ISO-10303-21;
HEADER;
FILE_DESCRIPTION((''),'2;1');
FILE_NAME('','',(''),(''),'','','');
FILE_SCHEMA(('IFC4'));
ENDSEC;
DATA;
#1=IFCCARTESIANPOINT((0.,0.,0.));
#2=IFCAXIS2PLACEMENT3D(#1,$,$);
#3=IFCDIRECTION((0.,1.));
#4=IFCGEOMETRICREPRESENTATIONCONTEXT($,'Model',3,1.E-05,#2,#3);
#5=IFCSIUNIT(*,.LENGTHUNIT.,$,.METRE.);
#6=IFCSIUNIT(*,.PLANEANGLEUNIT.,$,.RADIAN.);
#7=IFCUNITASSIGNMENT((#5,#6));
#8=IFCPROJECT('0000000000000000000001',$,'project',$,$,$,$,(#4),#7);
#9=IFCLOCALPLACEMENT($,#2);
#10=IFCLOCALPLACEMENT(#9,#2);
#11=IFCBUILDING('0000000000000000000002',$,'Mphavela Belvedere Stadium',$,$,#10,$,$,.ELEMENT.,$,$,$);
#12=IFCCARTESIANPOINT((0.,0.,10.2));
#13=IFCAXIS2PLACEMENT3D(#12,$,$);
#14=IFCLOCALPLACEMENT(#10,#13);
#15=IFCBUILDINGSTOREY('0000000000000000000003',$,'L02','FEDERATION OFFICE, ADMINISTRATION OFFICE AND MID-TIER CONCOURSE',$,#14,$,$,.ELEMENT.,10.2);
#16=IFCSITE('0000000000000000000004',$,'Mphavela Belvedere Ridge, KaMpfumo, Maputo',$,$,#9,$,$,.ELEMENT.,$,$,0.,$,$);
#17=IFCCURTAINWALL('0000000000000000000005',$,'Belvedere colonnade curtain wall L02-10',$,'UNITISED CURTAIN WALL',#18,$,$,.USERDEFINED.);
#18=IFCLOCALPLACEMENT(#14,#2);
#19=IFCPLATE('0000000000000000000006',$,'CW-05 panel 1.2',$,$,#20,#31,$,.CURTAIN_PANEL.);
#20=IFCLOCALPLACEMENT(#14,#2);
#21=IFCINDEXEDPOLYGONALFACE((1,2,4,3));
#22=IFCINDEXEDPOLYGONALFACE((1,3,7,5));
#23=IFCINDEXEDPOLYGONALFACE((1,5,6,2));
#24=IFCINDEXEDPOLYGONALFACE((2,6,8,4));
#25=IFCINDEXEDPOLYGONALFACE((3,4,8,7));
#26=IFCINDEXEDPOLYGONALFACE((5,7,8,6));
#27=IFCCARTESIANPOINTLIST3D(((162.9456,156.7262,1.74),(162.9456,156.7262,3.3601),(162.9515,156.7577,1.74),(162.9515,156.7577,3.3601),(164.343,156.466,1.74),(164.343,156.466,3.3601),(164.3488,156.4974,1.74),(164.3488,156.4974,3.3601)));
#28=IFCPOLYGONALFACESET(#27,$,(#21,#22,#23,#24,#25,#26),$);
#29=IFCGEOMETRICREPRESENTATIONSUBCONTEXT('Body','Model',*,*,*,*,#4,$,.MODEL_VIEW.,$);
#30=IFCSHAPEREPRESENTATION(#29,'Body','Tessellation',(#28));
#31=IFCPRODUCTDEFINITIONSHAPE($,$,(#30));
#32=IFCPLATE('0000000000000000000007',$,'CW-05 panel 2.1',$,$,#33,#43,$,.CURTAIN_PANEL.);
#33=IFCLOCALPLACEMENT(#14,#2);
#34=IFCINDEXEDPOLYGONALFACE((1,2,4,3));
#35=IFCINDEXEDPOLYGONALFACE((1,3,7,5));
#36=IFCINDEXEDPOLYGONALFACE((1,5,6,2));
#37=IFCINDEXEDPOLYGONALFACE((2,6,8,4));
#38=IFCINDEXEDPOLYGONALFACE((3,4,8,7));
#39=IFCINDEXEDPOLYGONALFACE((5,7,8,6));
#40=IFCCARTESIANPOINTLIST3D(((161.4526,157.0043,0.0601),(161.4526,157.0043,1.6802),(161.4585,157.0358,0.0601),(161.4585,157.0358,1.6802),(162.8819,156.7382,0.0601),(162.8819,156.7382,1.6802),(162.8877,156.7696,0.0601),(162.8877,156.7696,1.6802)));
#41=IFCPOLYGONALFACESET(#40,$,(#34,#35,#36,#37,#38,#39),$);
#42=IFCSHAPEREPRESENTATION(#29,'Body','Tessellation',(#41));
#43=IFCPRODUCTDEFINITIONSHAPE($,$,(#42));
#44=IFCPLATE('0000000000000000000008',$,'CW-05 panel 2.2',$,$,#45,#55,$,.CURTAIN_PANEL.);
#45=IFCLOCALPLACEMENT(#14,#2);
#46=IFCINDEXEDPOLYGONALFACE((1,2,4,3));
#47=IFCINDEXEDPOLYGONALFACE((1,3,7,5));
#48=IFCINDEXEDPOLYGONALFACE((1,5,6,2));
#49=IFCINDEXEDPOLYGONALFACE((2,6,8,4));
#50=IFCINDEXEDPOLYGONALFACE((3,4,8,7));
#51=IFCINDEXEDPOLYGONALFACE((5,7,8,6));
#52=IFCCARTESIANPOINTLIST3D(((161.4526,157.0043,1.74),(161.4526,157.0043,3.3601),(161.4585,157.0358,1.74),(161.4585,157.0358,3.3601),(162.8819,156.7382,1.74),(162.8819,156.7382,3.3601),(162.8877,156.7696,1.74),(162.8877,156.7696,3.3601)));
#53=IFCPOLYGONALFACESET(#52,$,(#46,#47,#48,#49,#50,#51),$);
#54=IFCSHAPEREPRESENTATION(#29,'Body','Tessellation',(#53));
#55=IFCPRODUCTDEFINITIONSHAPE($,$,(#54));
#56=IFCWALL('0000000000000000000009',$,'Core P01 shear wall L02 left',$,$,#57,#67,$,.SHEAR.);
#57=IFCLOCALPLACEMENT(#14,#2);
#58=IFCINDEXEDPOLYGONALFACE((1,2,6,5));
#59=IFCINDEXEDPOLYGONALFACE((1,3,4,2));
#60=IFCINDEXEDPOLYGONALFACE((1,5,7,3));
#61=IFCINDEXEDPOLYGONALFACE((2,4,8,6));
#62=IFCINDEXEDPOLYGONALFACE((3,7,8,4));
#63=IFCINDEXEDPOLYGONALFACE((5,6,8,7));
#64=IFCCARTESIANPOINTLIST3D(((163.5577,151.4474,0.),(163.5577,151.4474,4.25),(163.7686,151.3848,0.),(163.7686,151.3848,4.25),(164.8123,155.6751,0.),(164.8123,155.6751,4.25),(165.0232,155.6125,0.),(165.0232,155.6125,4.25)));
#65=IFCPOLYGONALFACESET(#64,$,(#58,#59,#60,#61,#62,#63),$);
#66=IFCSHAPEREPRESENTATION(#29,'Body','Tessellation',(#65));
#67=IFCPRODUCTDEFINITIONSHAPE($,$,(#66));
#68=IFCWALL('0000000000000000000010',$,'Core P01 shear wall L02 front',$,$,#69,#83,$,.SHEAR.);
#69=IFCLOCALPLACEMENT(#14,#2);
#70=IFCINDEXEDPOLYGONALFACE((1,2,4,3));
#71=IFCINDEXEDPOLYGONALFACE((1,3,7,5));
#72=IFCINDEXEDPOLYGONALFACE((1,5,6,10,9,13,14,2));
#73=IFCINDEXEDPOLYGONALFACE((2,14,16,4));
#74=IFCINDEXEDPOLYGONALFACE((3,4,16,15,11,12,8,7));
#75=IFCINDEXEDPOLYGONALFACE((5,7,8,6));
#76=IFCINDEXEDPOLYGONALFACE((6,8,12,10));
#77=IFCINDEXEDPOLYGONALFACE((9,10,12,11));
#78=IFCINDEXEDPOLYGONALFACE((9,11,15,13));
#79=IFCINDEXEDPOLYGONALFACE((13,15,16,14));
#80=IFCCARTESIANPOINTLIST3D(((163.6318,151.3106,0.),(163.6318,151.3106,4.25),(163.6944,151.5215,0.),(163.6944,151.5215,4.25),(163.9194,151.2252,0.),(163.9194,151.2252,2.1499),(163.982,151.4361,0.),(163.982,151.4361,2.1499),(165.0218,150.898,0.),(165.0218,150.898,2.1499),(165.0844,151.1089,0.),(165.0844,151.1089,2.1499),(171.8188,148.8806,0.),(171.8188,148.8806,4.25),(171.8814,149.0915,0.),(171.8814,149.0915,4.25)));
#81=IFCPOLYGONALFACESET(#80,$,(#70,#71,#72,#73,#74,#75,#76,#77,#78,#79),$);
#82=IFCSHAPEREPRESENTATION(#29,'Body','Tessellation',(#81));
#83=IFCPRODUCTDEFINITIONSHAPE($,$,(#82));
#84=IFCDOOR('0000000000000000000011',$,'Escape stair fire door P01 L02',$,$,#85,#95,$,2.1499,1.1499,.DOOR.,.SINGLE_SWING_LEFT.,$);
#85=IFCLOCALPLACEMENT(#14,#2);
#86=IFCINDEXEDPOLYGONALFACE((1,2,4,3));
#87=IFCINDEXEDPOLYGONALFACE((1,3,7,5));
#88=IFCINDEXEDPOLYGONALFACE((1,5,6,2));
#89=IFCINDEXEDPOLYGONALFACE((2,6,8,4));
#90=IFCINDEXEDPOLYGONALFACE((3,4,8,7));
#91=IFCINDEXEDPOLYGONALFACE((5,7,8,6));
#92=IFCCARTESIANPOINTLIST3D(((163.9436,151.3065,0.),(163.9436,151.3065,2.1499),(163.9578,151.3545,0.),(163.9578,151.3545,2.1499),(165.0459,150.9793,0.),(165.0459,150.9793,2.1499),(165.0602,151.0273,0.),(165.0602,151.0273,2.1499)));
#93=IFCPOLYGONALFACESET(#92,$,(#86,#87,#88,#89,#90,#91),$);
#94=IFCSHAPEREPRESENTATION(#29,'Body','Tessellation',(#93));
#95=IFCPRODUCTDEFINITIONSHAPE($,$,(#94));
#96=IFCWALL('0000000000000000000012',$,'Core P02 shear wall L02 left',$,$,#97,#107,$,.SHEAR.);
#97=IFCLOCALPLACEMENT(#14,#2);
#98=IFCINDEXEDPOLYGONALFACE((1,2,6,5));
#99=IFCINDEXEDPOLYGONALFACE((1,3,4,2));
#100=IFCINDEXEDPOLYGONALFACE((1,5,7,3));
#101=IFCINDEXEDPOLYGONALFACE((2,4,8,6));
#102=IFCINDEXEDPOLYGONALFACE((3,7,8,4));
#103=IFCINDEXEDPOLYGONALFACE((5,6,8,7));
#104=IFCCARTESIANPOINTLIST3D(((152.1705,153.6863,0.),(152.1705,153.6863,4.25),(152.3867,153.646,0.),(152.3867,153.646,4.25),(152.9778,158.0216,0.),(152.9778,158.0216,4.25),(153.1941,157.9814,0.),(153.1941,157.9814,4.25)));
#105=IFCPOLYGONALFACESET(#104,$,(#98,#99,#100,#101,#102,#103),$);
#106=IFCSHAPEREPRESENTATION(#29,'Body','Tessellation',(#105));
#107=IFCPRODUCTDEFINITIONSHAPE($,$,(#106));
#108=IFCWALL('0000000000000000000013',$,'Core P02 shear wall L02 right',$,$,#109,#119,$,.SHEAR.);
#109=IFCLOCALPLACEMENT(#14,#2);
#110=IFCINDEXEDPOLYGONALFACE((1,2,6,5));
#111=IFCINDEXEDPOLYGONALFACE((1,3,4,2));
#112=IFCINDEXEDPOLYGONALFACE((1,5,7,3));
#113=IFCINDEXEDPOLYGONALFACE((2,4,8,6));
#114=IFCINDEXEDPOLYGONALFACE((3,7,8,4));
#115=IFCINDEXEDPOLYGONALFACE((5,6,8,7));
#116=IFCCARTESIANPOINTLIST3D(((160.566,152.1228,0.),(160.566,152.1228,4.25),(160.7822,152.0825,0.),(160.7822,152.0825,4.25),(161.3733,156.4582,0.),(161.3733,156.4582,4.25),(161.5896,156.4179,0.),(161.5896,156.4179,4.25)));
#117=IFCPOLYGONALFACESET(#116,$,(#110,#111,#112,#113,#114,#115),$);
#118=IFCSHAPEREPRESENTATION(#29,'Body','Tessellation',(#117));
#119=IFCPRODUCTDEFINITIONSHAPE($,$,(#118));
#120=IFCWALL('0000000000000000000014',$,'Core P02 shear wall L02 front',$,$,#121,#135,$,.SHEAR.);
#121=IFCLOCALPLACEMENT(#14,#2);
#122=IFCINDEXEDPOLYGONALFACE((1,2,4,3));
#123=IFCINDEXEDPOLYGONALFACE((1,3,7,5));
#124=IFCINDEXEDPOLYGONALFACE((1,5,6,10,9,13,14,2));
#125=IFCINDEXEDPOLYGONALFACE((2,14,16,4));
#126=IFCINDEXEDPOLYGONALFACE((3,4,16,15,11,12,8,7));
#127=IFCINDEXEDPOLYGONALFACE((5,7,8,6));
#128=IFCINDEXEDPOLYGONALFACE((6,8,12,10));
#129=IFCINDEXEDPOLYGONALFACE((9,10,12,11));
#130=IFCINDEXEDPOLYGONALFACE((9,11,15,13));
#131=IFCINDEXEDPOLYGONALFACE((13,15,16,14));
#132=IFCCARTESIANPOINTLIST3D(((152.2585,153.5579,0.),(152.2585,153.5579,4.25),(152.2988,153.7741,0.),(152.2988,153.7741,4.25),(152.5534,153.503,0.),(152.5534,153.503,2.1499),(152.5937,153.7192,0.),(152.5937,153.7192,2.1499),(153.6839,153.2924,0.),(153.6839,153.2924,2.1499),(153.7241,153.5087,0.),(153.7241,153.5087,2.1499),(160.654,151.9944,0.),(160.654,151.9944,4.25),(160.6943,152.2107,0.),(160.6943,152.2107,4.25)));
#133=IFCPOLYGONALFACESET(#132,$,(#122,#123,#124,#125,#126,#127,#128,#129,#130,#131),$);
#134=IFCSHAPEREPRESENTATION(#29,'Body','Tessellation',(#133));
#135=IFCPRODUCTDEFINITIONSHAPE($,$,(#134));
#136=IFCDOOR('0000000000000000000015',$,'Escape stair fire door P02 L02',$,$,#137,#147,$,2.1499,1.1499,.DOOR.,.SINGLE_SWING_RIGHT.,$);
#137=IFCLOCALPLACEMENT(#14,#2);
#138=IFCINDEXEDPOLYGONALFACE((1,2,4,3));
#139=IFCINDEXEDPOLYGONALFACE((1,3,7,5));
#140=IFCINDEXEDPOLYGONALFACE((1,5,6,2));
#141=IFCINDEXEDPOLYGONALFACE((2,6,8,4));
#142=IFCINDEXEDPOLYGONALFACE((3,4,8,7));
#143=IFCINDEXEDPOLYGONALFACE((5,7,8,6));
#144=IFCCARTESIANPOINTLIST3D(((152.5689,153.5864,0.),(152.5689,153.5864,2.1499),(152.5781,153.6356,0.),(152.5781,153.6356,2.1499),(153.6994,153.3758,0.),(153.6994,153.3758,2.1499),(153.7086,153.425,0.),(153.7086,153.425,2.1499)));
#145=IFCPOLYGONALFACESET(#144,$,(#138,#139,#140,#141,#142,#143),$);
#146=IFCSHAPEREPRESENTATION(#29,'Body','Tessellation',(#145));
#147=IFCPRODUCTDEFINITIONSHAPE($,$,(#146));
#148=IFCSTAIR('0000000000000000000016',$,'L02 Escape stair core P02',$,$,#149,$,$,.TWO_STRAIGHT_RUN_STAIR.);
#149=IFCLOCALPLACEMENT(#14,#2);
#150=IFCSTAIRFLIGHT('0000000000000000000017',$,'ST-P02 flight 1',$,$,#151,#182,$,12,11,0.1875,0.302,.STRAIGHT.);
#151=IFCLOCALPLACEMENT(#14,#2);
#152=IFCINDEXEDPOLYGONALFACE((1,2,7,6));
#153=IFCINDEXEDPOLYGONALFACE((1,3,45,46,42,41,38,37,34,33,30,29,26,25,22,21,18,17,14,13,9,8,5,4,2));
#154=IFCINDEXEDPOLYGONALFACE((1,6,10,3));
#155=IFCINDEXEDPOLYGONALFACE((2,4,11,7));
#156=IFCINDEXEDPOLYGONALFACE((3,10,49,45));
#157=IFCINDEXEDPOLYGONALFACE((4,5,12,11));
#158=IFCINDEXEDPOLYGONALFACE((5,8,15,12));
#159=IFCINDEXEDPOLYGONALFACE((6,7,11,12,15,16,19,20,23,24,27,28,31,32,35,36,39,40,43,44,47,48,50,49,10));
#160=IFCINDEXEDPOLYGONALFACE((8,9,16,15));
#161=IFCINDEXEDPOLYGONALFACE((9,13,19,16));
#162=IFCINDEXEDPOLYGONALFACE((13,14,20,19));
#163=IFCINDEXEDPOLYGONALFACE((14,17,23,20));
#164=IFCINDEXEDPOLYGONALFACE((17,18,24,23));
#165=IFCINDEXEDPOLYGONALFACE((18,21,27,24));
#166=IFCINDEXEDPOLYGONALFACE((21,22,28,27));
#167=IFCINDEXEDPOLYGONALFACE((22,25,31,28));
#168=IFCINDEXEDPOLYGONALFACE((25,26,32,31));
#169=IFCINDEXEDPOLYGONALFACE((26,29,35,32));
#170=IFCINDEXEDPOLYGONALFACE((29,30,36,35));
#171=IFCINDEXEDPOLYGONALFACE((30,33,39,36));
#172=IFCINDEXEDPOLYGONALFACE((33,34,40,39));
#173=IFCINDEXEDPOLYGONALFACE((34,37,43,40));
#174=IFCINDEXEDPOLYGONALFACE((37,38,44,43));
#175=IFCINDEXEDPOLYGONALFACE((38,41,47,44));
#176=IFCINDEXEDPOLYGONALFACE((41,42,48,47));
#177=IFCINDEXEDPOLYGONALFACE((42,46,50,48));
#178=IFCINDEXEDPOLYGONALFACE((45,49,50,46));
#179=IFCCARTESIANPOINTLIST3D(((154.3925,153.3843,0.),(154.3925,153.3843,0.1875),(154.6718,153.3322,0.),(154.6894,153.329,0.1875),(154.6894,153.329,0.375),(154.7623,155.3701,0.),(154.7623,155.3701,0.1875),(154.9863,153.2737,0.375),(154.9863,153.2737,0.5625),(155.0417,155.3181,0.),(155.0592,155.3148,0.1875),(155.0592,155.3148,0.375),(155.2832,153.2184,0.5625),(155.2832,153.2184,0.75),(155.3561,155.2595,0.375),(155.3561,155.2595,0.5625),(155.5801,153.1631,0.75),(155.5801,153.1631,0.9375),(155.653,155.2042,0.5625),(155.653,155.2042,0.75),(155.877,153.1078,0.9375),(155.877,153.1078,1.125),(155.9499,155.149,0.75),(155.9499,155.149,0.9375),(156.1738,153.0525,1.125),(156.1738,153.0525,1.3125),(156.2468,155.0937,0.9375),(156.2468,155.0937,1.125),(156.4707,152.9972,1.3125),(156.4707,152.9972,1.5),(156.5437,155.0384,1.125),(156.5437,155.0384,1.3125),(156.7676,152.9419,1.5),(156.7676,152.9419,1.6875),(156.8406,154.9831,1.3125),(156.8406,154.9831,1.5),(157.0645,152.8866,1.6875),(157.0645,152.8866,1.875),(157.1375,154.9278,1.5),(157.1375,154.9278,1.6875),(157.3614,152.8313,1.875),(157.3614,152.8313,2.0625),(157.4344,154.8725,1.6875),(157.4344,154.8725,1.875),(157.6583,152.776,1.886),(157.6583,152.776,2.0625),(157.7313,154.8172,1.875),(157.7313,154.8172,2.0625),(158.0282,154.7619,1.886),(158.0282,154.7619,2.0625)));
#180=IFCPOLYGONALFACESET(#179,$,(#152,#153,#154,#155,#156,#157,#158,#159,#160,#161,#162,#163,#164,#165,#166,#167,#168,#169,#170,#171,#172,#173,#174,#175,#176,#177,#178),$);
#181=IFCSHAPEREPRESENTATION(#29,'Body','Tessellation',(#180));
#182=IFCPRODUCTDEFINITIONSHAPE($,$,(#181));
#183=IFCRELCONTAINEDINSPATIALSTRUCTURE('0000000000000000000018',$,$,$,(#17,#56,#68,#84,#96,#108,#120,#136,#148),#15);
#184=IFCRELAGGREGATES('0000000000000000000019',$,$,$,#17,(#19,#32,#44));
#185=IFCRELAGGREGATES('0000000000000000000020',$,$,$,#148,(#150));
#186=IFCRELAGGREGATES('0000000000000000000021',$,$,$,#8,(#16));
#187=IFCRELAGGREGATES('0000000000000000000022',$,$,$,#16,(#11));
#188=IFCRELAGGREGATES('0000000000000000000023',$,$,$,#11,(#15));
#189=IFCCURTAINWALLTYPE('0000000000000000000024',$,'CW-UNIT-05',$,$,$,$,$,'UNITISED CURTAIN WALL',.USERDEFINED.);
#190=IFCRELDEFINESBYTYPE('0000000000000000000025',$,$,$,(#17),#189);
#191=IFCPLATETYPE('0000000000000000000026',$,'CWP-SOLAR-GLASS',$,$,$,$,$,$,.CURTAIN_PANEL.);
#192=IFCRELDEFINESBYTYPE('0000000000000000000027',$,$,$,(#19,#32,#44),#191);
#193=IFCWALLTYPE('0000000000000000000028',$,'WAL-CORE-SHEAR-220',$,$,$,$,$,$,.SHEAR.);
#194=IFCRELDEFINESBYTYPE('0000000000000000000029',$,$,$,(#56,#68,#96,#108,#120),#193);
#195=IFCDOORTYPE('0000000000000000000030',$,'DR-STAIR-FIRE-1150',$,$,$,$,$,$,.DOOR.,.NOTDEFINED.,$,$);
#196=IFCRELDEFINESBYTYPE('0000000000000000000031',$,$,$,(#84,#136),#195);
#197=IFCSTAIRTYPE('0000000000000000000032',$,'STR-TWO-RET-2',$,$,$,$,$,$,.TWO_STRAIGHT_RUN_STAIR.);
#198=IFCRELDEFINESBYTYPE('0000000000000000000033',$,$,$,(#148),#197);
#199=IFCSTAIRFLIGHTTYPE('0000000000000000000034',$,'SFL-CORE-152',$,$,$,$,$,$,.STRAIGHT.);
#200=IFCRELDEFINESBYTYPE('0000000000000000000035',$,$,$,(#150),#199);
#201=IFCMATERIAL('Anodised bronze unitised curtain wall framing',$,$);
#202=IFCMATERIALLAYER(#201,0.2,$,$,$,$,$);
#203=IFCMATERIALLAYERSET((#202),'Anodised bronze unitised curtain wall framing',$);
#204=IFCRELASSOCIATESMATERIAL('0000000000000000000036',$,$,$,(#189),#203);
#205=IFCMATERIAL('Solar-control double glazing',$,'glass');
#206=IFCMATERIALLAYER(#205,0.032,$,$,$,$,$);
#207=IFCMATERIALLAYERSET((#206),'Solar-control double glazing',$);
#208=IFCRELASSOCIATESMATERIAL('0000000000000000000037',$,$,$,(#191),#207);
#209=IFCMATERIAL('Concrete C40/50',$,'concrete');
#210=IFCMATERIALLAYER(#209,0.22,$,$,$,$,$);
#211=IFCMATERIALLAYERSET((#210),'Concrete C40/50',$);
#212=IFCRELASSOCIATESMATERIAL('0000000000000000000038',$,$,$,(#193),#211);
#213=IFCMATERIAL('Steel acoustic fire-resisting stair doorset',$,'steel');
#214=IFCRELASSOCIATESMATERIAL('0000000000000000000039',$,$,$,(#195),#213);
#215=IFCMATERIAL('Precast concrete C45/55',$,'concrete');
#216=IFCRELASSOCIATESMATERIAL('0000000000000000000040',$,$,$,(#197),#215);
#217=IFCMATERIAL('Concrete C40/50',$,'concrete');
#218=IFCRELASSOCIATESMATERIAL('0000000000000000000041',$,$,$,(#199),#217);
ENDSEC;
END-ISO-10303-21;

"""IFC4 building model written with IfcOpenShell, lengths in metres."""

from ifc_helpers import new_model, si_unit, direction, frame, frame_2d, origin, origin_2d, place, context, subcontext, project, spatial, polyline, rectangle, outline, extrude, material, layer, layer_set, type_object, element, fill, aggregate, save


model = new_model("IFC4")

# Units and contexts
model_context = context("Model", 3, precision=1e-05, world=origin(), true_north=direction((0.0, 1.0)))
body_context = subcontext(model_context, "Body", "Model", "MODEL_VIEW")
ifc_project = project(units=[si_unit("LENGTHUNIT", "METRE"), si_unit("PLANEANGLEUNIT", "RADIAN")], contexts=[model_context])

# Site, building, storey
site_placement = place(None, origin())
site = spatial("IfcSite", under=ifc_project, at=site_placement, Name="Mphavela Belvedere Ridge, KaMpfumo, Maputo", CompositionType="ELEMENT", RefElevation=0.0)
building_placement = place(site_placement, origin())
building = spatial("IfcBuilding", under=site, at=building_placement, Name="Mphavela Belvedere Stadium", CompositionType="ELEMENT")
storey_placement = place(building_placement, frame((0.0, 0.0, 10.2)))
storey = spatial("IfcBuildingStorey", under=building, at=storey_placement, Name="L02", Description="FEDERATION OFFICE, ADMINISTRATION OFFICE AND MID-TIER CONCOURSE", CompositionType="ELEMENT", Elevation=10.2)

# Curtain wall, plates
ifc_material_1 = material(Name="Anodised bronze unitised curtain wall framing")
ifc_layer_1 = layer(ifc_material_1, 0.2)
ifc_layer_set_1 = layer_set([ifc_layer_1], Name="Anodised bronze unitised curtain wall framing")
curtain_wall_type = type_object("IfcCurtainWallType", Name="CW-UNIT-05", ElementType="UNITISED CURTAIN WALL", PredefinedType="USERDEFINED", material=ifc_layer_set_1)
curtain_wall_placement = place(storey_placement, origin())
curtain_wall = element("IfcCurtainWall", 1, at=curtain_wall_placement, inside=storey, type_object=curtain_wall_type, Name="Belvedere colonnade curtain wall L02-10", ObjectType="UNITISED CURTAIN WALL", PredefinedType="USERDEFINED")
ifc_material_2 = material(Name="Solar-control double glazing", Category="glass")
ifc_layer_2 = layer(ifc_material_2, 0.032)
ifc_layer_set_2 = layer_set([ifc_layer_2], Name="Solar-control double glazing")
plate_type = type_object("IfcPlateType", Name="CWP-SOLAR-GLASS", PredefinedType="CURTAIN_PANEL", material=ifc_layer_set_2)
plate_1_placement = place(storey_placement, frame((163.6472, 156.6118, 1.74), z_axis=(0.0, 0.0, 1.0), x_axis=(-0.983097, 0.183085, 0.0)))
plate_1 = element("IfcPlate", 2, at=plate_1_placement, type_object=plate_type, Name="CW-05 panel 1.2", PredefinedType="CURTAIN_PANEL", context=body_context, shape_type="SweptSolid", body=[
    extrude(rectangle(XDim=1.4214, YDim=0.032, at=origin_2d()), origin(), (0.0, 0.0, 1.0), 1.6201),
])
plate_2_placement = place(storey_placement, frame((162.1702, 156.887, 0.0601), z_axis=(0.0, 0.0, 1.0), x_axis=(-0.983097, 0.183085, 0.0)))
plate_2 = element("IfcPlate", 3, at=plate_2_placement, type_object=plate_type, Name="CW-05 panel 2.1", PredefinedType="CURTAIN_PANEL", context=body_context, shape_type="SweptSolid", body=[
    extrude(rectangle(XDim=1.4539, YDim=0.032, at=origin_2d()), origin(), (0.0, 0.0, 1.0), 1.6201),
])
plate_3_placement = place(storey_placement, frame((162.1702, 156.887, 1.74), z_axis=(0.0, 0.0, 1.0), x_axis=(-0.983097, 0.183085, 0.0)))
plate_3 = element("IfcPlate", 4, at=plate_3_placement, type_object=plate_type, Name="CW-05 panel 2.2", PredefinedType="CURTAIN_PANEL", context=body_context, shape_type="SweptSolid", body=[
    extrude(rectangle(XDim=1.4539, YDim=0.032, at=origin_2d()), origin(), (0.0, 0.0, 1.0), 1.6201),
])
aggregate(curtain_wall, [plate_1, plate_2, plate_3])

# Wall
ifc_material_3 = material(Name="Concrete C40/50", Category="concrete")
ifc_layer_3 = layer(ifc_material_3, 0.22)
ifc_layer_set_3 = layer_set([ifc_layer_3], Name="Concrete C40/50")
wall_type = type_object("IfcWallType", Name="WAL-CORE-SHEAR-220", PredefinedType="SHEAR", material=ifc_layer_set_3)
wall_1_placement = place(storey_placement, frame((163.6631, 151.416, 0.0), z_axis=(0.0, 0.0, 1.0), x_axis=(0.284497, 0.958677, 0.0)))
element("IfcWall", 5, at=wall_1_placement, inside=storey, type_object=wall_type, Name="Core P01 shear wall L02 left", PredefinedType="SHEAR", context=body_context, shape_type="SweptSolid", body=[
    extrude(rectangle(XDim=4.4099, YDim=0.22, at=frame_2d((2.2051, 0.0))), origin(), (0.0, 0.0, 1.0), 4.25),
])

# Wall, opening, door
wall_2_placement = place(storey_placement, frame((163.6631, 151.416, 0.0), z_axis=(0.0, 0.0, 1.0), x_axis=(0.958666, -0.284535, 0.0)))
wall_2 = element("IfcWall", 6, at=wall_2_placement, inside=storey, type_object=wall_type, Name="Core P01 shear wall L02 front", PredefinedType="SHEAR", context=body_context, shape_type="SweptSolid", body=[
    extrude(rectangle(XDim=8.54, YDim=0.22, at=frame_2d((4.27, 0.0))), origin(), (0.0, 0.0, 1.0), 4.25),
])
opening_1_placement = place(wall_2_placement, frame((0.3, 0.0, 0.0)))
opening_1 = element("IfcOpeningElement", 7, at=opening_1_placement, cuts=wall_2, PredefinedType="OPENING", context=body_context, shape_type="SweptSolid", body=[
    extrude(rectangle(XDim=1.1499, YDim=2.1499, at=frame_2d((0.575, 1.075))), frame((0.0, 0.1201, 0.0), z_axis=(0.0, -1.0, 0.0), x_axis=(1.0, 0.0, 0.0)), (0.0, 0.0, 1.0), 0.24),
])
ifc_material_4 = material(Name="Steel acoustic fire-resisting stair doorset", Category="steel")
door_type = type_object("IfcDoorType", Name="DR-STAIR-FIRE-1150", OperationType="NOTDEFINED", PredefinedType="DOOR", material=ifc_material_4)
door_1_placement = place(opening_1_placement, origin())
door_1 = element("IfcDoor", 8, at=door_1_placement, inside=storey, type_object=door_type, Name="Escape stair fire door P01 L02", OperationType="SINGLE_SWING_LEFT", OverallHeight=2.1499, OverallWidth=1.1499, PredefinedType="DOOR", context=body_context, shape_type="SweptSolid", body=[
    extrude(rectangle(XDim=1.1499, YDim=2.1499, at=frame_2d((0.575, 1.075))), frame((0.0, 0.0249, 0.0), z_axis=(0.0, -1.0, 0.0), x_axis=(1.0, 0.0, 0.0)), (0.0, 0.0, 1.0), 0.05),
])
fill(opening_1, door_1)

# Walls
for number, where, z_axis, x_axis, name in (
    (9, (152.2786, 153.666, 0.0), (0.0, 0.0, 1.0), (0.183078, 0.983098, 0.0), "Core P02 shear wall L02 left"),
    (10, (160.6741, 152.1025, 0.0), (0.0, 0.0, 1.0), (0.183078, 0.983098, 0.0), "Core P02 shear wall L02 right"),
):
    element("IfcWall", number, at=place(storey_placement, frame(where, z_axis=z_axis, x_axis=x_axis)), inside=storey, type_object=wall_type, Name=name, PredefinedType="SHEAR", context=body_context, shape_type="SweptSolid", body=[
        extrude(rectangle(XDim=4.4099, YDim=0.22, at=frame_2d((2.2051, 0.0))), origin(), (0.0, 0.0, 1.0), 4.25),
    ])

# Wall, opening, door
wall_3_placement = place(storey_placement, frame((152.2786, 153.666, 0.0), z_axis=(0.0, 0.0, 1.0), x_axis=(0.983098, -0.18308, 0.0)))
wall_3 = element("IfcWall", 11, at=wall_3_placement, inside=storey, type_object=wall_type, Name="Core P02 shear wall L02 front", PredefinedType="SHEAR", context=body_context, shape_type="SweptSolid", body=[
    extrude(rectangle(XDim=8.5398, YDim=0.22, at=frame_2d((4.27, 0.0))), origin(), (0.0, 0.0, 1.0), 4.25),
])
opening_2_placement = place(wall_3_placement, frame((0.3, 0.0, 0.0)))
opening_2 = element("IfcOpeningElement", 12, at=opening_2_placement, cuts=wall_3, PredefinedType="OPENING", context=body_context, shape_type="SweptSolid", body=[
    extrude(rectangle(XDim=1.1499, YDim=2.1499, at=frame_2d((0.575, 1.075))), frame((0.0, 0.1201, 0.0), z_axis=(0.0, -1.0, 0.0), x_axis=(1.0, 0.0, 0.0)), (0.0, 0.0, 1.0), 0.24),
])
door_2_placement = place(opening_2_placement, origin())
door_2 = element("IfcDoor", 13, at=door_2_placement, inside=storey, type_object=door_type, Name="Escape stair fire door P02 L02", OperationType="SINGLE_SWING_RIGHT", OverallHeight=2.1499, OverallWidth=1.1499, PredefinedType="DOOR", context=body_context, shape_type="SweptSolid", body=[
    extrude(rectangle(XDim=1.1499, YDim=2.1499, at=frame_2d((0.575, 1.075))), frame((0.0, 0.0249, 0.0), z_axis=(0.0, -1.0, 0.0), x_axis=(1.0, 0.0, 0.0)), (0.0, 0.0, 1.0), 0.05),
])
fill(opening_2, door_2)

# Stair, stair flight
ifc_material_5 = material(Name="Precast concrete C45/55", Category="concrete")
stair_type = type_object("IfcStairType", Name="STR-TWO-RET-2", PredefinedType="TWO_STRAIGHT_RUN_STAIR", material=ifc_material_5)
stair_placement = place(storey_placement, origin())
stair = element("IfcStair", 14, at=stair_placement, inside=storey, type_object=stair_type, Name="L02 Escape stair core P02", PredefinedType="TWO_STRAIGHT_RUN_STAIR")
ifc_material_6 = material(Name="Concrete C40/50", Category="concrete")
stair_flight_type = type_object("IfcStairFlightType", Name="SFL-CORE-152", PredefinedType="STRAIGHT", material=ifc_material_6)
stair_flight_1_placement = place(storey_placement, frame((154.5774, 154.3772, 0.0), z_axis=(0.0, 0.0, 1.0), x_axis=(0.983096, -0.183094, 0.0)))
stair_flight_1 = element("IfcStairFlight", 15, at=stair_flight_1_placement, type_object=stair_flight_type, Name="ST-P02 flight 1", NumberOfRisers=12, NumberOfTreads=11, PredefinedType="STRAIGHT", RiserHeight=0.1875, TreadLength=0.302, context=body_context, shape_type="SweptSolid", body=[
    extrude(outline(polyline([(0.0, 0.0), (0.0, 0.1875), (0.302, 0.1875), (0.302, 0.375), (0.604, 0.375), (0.604, 0.5625), (0.906, 0.5625), (0.906, 0.75), (1.208, 0.75), (1.208, 0.9375), (1.51, 0.9375), (1.51, 1.125), (1.812, 1.125), (1.812, 1.3125), (2.114, 1.3125), (2.114, 1.5), (2.416, 1.5), (2.416, 1.6875), (2.718, 1.6875), (2.718, 1.875), (3.02, 1.875), (3.02, 2.0625), (3.322, 2.0625), (3.322, 2.25), (3.322, 1.886), (0.2842, 0.0), (0.0, 0.0)])), frame((0.0, 1.01, 0.0), z_axis=(0.0, -1.0, 0.0), x_axis=(1.0, 0.0, 0.0)), (0.0, 0.0, 1.0), 2.02),
])
aggregate(stair, [stair_flight_1])

save(model, "model.ifc")
